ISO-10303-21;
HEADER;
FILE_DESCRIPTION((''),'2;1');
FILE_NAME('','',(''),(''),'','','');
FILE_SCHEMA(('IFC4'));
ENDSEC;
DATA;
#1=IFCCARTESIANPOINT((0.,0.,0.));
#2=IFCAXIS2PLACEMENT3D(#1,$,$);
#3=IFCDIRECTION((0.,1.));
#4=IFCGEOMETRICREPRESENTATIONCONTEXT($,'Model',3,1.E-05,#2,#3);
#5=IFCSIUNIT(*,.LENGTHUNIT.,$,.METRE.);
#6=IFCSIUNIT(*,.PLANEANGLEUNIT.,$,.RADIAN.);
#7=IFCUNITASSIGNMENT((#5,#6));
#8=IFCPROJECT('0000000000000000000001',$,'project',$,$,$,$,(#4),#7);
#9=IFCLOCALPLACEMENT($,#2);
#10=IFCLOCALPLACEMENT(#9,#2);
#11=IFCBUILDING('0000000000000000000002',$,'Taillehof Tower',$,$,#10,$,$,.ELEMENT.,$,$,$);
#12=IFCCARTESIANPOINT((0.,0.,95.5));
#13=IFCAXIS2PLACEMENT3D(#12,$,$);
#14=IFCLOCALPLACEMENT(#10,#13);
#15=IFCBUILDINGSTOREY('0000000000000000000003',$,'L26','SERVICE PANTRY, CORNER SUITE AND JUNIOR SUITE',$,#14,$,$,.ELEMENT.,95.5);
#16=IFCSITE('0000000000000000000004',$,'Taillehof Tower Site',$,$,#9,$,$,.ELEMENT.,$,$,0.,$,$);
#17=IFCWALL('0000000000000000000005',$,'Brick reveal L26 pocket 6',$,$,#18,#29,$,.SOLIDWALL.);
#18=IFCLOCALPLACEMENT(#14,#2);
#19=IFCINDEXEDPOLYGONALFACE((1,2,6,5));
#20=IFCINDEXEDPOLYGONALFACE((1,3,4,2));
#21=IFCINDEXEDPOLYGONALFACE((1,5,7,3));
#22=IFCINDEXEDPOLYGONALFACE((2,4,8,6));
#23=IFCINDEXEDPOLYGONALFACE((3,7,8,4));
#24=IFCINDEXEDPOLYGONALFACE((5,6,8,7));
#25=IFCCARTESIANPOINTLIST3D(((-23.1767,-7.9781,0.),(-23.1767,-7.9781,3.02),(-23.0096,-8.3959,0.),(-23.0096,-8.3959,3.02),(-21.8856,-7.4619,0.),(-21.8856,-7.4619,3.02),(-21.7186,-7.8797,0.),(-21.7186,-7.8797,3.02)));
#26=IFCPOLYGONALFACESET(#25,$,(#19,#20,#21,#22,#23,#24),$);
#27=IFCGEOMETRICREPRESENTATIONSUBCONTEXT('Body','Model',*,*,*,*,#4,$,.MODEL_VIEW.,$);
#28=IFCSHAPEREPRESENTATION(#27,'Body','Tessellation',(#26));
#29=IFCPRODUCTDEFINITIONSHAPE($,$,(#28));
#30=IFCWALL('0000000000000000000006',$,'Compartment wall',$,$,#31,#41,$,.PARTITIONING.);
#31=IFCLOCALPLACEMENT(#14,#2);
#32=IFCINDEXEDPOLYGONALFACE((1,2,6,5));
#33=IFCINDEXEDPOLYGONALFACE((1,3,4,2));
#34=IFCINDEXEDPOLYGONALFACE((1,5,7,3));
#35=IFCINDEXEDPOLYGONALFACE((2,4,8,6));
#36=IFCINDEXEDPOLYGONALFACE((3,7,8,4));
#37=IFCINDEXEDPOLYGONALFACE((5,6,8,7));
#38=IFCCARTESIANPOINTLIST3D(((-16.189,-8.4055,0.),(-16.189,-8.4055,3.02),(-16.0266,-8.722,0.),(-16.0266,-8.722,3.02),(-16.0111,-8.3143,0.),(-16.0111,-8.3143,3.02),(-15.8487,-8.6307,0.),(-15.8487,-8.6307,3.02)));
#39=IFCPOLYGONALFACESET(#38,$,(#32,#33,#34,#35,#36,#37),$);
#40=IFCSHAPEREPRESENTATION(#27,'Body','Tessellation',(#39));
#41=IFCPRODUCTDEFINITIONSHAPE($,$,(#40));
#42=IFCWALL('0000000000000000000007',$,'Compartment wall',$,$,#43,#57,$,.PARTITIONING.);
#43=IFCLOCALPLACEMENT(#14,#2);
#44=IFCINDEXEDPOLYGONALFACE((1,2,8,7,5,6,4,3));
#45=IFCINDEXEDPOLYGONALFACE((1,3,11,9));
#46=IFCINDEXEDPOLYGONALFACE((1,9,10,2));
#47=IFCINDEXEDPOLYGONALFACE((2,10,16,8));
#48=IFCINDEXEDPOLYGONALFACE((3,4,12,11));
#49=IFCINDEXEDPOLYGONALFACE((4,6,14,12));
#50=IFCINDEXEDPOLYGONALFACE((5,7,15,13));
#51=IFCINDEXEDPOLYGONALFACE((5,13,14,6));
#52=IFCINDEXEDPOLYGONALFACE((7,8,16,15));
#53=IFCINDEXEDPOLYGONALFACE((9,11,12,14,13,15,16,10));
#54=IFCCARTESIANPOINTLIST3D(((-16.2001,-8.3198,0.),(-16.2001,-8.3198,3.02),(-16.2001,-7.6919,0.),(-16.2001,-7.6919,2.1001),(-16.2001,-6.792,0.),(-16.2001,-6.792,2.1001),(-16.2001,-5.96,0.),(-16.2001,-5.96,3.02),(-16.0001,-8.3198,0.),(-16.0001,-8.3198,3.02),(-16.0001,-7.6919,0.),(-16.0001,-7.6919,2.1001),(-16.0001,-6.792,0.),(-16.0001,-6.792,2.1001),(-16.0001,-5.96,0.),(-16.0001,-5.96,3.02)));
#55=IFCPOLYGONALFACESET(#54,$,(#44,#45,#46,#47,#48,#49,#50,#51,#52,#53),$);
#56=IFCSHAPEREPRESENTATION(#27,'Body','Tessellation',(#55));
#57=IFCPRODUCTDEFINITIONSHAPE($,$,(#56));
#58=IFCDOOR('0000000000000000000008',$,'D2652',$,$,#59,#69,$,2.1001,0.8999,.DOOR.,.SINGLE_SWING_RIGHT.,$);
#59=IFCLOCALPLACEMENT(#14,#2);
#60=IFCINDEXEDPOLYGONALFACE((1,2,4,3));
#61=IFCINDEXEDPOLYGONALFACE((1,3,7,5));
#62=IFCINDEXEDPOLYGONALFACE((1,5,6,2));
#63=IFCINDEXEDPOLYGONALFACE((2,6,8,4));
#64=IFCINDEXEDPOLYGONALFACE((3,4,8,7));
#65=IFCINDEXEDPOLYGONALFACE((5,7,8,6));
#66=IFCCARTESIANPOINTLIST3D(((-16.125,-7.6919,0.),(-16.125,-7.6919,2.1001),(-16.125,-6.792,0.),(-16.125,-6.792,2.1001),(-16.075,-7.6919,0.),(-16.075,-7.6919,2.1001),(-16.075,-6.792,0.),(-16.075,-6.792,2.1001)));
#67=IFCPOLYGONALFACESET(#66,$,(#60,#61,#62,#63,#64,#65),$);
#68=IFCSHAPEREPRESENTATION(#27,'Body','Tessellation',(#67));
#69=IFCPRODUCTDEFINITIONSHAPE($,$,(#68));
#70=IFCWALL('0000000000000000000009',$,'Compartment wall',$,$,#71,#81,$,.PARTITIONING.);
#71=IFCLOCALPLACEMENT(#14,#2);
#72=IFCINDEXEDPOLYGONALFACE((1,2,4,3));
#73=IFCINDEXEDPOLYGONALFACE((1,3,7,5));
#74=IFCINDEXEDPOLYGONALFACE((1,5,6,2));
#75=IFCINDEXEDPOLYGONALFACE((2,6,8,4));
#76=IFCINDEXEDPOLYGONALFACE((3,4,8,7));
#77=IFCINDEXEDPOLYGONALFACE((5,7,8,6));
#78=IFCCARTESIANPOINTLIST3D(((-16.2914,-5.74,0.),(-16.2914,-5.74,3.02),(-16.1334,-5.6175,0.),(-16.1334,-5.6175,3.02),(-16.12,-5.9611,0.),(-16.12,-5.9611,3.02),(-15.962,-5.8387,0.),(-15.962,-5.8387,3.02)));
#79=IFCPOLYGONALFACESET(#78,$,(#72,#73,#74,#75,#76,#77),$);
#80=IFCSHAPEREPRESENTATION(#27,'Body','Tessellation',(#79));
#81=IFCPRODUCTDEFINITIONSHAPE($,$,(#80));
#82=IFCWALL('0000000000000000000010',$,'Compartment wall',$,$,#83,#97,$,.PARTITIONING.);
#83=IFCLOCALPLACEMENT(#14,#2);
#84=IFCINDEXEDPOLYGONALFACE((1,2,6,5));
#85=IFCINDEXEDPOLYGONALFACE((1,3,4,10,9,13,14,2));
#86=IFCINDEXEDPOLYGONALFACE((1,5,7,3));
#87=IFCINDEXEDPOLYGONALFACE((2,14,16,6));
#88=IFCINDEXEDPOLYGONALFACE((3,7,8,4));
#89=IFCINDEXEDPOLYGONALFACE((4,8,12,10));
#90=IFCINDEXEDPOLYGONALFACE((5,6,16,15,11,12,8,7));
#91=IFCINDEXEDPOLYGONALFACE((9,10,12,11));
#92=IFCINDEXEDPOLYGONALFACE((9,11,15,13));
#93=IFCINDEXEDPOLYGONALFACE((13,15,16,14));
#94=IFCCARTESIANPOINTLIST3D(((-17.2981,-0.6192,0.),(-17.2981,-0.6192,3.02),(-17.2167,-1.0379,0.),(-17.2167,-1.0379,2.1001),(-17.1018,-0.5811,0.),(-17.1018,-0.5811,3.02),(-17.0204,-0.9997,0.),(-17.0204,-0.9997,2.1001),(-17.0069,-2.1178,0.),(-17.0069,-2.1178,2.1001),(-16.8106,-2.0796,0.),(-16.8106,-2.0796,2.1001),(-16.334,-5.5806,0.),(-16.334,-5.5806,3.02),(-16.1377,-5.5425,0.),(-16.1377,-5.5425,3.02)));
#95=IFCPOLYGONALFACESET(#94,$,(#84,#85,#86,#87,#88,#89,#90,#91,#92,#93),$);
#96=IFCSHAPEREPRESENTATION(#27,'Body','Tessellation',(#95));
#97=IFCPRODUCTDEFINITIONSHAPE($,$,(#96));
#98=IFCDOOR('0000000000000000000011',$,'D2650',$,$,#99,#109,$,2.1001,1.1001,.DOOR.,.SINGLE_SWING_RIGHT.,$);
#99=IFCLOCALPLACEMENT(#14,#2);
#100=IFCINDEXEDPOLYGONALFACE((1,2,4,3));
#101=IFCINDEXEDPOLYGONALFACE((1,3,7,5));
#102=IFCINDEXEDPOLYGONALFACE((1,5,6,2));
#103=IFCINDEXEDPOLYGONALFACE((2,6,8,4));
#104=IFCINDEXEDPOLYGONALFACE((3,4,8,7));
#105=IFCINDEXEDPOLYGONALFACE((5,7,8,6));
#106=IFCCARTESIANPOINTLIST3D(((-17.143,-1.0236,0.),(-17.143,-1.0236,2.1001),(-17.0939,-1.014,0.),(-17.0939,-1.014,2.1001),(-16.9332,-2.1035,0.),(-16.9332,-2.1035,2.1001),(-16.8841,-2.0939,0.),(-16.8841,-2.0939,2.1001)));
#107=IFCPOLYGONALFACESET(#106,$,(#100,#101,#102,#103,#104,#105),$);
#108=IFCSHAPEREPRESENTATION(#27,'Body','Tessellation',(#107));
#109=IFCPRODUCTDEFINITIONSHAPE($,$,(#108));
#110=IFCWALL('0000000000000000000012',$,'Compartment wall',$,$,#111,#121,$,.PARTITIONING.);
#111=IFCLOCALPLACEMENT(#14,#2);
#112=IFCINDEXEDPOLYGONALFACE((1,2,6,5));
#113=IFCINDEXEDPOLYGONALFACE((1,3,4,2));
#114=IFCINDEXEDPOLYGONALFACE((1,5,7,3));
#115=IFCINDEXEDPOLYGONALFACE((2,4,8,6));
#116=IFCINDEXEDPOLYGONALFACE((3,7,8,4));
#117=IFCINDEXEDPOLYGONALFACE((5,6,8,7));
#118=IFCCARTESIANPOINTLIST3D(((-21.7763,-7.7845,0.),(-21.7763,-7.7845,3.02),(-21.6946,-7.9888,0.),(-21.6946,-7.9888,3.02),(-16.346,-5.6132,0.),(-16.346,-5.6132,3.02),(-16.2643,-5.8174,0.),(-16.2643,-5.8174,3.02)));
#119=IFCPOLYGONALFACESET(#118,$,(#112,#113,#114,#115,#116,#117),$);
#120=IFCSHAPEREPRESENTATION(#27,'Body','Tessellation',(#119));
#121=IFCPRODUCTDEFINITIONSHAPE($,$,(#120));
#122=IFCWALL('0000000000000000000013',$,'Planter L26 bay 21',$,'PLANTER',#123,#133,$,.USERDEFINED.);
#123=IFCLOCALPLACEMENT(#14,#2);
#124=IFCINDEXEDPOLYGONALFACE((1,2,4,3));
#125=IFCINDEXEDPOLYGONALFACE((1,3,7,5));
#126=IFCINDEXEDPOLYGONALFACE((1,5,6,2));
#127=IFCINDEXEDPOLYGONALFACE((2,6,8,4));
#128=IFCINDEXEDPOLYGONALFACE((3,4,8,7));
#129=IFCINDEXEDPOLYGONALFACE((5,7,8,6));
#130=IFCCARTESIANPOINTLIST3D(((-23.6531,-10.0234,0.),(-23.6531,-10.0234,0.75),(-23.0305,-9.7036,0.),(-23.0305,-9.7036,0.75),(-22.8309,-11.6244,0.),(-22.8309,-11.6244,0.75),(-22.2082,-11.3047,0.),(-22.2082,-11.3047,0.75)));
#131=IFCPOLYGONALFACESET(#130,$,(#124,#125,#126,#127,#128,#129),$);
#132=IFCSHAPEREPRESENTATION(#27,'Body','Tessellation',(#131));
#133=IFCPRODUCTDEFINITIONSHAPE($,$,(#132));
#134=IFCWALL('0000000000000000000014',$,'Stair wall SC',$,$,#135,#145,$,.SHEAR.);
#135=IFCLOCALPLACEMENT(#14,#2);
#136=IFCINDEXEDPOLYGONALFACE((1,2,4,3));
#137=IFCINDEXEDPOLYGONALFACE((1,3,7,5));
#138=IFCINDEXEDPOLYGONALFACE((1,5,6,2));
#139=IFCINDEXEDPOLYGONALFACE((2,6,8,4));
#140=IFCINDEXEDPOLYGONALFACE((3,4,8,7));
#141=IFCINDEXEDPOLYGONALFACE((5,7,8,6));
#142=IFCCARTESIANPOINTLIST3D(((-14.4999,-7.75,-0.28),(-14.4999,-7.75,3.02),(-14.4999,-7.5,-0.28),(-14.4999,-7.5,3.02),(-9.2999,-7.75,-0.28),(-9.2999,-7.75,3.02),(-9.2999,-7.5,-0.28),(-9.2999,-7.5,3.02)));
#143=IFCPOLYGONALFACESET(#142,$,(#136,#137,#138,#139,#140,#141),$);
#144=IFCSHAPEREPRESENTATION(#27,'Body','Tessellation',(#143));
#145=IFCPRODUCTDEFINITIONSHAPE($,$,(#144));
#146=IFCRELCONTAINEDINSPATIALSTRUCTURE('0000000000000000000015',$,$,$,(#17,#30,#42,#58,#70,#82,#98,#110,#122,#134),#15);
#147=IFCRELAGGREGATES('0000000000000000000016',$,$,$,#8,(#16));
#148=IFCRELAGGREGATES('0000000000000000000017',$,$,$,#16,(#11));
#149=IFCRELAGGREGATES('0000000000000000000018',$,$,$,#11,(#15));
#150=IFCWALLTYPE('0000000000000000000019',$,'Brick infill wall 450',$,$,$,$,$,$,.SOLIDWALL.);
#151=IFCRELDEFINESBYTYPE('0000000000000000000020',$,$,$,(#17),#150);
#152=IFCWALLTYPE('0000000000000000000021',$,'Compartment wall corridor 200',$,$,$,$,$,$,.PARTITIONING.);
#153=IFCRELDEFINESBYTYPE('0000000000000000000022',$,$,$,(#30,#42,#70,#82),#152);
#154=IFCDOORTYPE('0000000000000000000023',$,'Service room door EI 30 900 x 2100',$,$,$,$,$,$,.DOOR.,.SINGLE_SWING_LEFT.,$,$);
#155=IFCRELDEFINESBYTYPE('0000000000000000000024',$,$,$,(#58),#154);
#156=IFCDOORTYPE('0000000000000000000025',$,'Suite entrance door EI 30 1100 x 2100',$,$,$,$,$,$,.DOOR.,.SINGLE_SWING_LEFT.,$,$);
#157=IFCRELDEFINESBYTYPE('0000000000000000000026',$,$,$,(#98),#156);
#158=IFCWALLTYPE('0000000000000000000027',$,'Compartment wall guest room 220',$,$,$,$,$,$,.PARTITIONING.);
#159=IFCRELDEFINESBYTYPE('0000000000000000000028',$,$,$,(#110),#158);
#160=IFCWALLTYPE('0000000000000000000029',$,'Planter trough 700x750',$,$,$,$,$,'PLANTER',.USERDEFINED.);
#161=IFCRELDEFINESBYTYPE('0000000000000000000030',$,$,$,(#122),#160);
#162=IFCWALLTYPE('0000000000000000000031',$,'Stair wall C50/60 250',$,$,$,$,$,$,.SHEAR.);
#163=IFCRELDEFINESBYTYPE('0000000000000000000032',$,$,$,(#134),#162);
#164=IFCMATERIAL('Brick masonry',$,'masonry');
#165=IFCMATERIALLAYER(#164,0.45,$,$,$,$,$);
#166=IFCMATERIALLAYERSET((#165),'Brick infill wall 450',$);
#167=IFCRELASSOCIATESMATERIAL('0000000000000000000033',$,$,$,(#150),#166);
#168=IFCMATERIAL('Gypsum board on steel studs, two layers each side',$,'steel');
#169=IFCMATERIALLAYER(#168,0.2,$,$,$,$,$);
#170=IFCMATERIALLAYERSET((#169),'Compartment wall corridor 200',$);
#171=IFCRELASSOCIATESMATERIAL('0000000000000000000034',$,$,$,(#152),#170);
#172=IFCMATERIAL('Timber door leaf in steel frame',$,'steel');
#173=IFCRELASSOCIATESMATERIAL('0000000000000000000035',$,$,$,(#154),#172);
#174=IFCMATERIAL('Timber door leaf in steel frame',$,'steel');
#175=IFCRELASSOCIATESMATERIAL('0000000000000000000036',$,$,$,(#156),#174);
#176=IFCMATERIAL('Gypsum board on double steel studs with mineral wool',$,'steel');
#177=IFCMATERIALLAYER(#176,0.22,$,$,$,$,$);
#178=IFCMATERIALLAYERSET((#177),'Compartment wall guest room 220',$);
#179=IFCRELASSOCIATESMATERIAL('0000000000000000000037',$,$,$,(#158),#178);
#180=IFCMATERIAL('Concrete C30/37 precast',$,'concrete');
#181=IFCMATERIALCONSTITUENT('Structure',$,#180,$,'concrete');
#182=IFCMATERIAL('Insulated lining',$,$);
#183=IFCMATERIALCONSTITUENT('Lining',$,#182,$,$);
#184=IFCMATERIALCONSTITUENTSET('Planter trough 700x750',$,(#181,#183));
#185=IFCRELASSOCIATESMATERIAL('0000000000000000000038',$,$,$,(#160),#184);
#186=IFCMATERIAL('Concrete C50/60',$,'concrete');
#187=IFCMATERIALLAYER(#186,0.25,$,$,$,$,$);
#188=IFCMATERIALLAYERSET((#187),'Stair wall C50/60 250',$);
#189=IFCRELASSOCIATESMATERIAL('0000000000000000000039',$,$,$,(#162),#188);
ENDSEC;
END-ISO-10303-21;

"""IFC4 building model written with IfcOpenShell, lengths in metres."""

from ifc_helpers import new_model, si_unit, direction, frame, frame_2d, origin, place, context, subcontext, project, spatial, rectangle, extrude, material, layer, layer_set, constituent, constituent_set, type_object, element, fill, save


model = new_model("IFC4")

# Units and contexts
model_context = context("Model", 3, precision=1e-05, world=origin(), true_north=direction((0.0, 1.0)))
body_context = subcontext(model_context, "Body", "Model", "MODEL_VIEW")
ifc_project = project(units=[si_unit("LENGTHUNIT", "METRE"), si_unit("PLANEANGLEUNIT", "RADIAN")], contexts=[model_context])

# Site, building, storey
site_placement = place(None, origin())
site = spatial("IfcSite", under=ifc_project, at=site_placement, Name="Taillehof Tower Site", CompositionType="ELEMENT", RefElevation=0.0)
building_placement = place(site_placement, origin())
building = spatial("IfcBuilding", under=site, at=building_placement, Name="Taillehof Tower", CompositionType="ELEMENT")
storey_placement = place(building_placement, frame((0.0, 0.0, 95.5)))
storey = spatial("IfcBuildingStorey", under=building, at=storey_placement, Name="L26", Description="SERVICE PANTRY, CORNER SUITE AND JUNIOR SUITE", CompositionType="ELEMENT", Elevation=95.5)

# Shared definitions
ifc_material_1 = material(Name="Brick masonry", Category="masonry")
ifc_layer_1 = layer(ifc_material_1, 0.45)
ifc_layer_set_1 = layer_set([ifc_layer_1], Name="Brick infill wall 450")
wall_type_1 = type_object("IfcWallType", Name="Brick infill wall 450", PredefinedType="SOLIDWALL", material=ifc_layer_set_1)

# Wall
wall_1_placement = place(storey_placement, frame((-23.0933, -8.187, 0.0), z_axis=(0.0, 0.0, 1.0), x_axis=(0.928549, 0.371209, 0.0)))
element("IfcWall", 1, at=wall_1_placement, inside=storey, type_object=wall_type_1, Name="Brick reveal L26 pocket 6", PredefinedType="SOLIDWALL", context=body_context, shape_type="SweptSolid", body=[
    extrude(rectangle(XDim=1.3904, YDim=0.45, at=frame_2d((0.6953, 0.0))), origin(), (0.0, 0.0, 1.0), 3.02),
])

# Wall
ifc_material_2 = material(Name="Gypsum board on steel studs, two layers each side", Category="steel")
ifc_layer_2 = layer(ifc_material_2, 0.2)
ifc_layer_set_2 = layer_set([ifc_layer_2], Name="Compartment wall corridor 200")
wall_type_2 = type_object("IfcWallType", Name="Compartment wall corridor 200", PredefinedType="PARTITIONING", material=ifc_layer_set_2)
wall_2_placement = place(storey_placement, frame((-15.9377, -8.6763, 0.0), z_axis=(0.0, 0.0, 1.0), x_axis=(-0.456526, 0.88971, 0.0)))
element("IfcWall", 2, at=wall_2_placement, inside=storey, type_object=wall_type_2, Name="Compartment wall", PredefinedType="PARTITIONING", context=body_context, shape_type="SweptSolid", body=[
    extrude(rectangle(XDim=0.3557, YDim=0.2, at=frame_2d((0.1777, 0.0))), origin(), (0.0, 0.0, 1.0), 3.02),
])

# Wall, opening, door
wall_3_placement = place(storey_placement, frame((-16.1001, -8.3198, 0.0), z_axis=(0.0, 0.0, 1.0), x_axis=(0.0, 1.0, 0.0)))
wall_3 = element("IfcWall", 3, at=wall_3_placement, inside=storey, type_object=wall_type_2, Name="Compartment wall", PredefinedType="PARTITIONING", context=body_context, shape_type="SweptSolid", body=[
    extrude(rectangle(XDim=2.3599, YDim=0.2, at=frame_2d((1.1799, 0.0))), origin(), (0.0, 0.0, 1.0), 3.02),
])
opening_1_placement = place(wall_3_placement, frame((0.6279, 0.0, 0.0)))
opening_1 = element("IfcOpeningElement", 4, at=opening_1_placement, cuts=wall_3, PredefinedType="OPENING", context=body_context, shape_type="SweptSolid", body=[
    extrude(rectangle(XDim=0.8999, YDim=2.1001, at=frame_2d((0.45, 1.05))), frame((0.0, 0.1099, 0.0), z_axis=(0.0, -1.0, 0.0), x_axis=(1.0, 0.0, 0.0)), (0.0, 0.0, 1.0), 0.22),
])
ifc_material_3 = material(Name="Timber door leaf in steel frame", Category="steel")
door_type_1 = type_object("IfcDoorType", Name="Service room door EI 30 900 x 2100", OperationType="SINGLE_SWING_LEFT", PredefinedType="DOOR", material=ifc_material_3)
door_1_placement = place(opening_1_placement, origin())
door_1 = element("IfcDoor", 5, at=door_1_placement, inside=storey, type_object=door_type_1, Name="D2652", OperationType="SINGLE_SWING_RIGHT", OverallHeight=2.1001, OverallWidth=0.8999, PredefinedType="DOOR", context=body_context, shape_type="SweptSolid", body=[
    extrude(rectangle(XDim=0.8999, YDim=2.1001, at=frame_2d((0.45, 1.05))), frame((0.0, 0.0249, 0.0), z_axis=(0.0, -1.0, 0.0), x_axis=(1.0, 0.0, 0.0)), (0.0, 0.0, 1.0), 0.05),
])
fill(opening_1, door_1)

# Wall
wall_4_placement = place(storey_placement, frame((-16.041, -5.8999, 0.0), z_axis=(0.0, 0.0, 1.0), x_axis=(-0.61249, 0.790478, 0.0)))
element("IfcWall", 6, at=wall_4_placement, inside=storey, type_object=wall_type_2, Name="Compartment wall", PredefinedType="PARTITIONING", context=body_context, shape_type="SweptSolid", body=[
    extrude(rectangle(XDim=0.2798, YDim=0.2, at=frame_2d((0.1399, 0.0))), origin(), (0.0, 0.0, 1.0), 3.02),
])

# Wall, opening, door
wall_5_placement = place(storey_placement, frame((-16.2358, -5.5615, 0.0), z_axis=(0.0, 0.0, 1.0), x_axis=(-0.190753, 0.981638, 0.0)))
wall_5 = element("IfcWall", 7, at=wall_5_placement, inside=storey, type_object=wall_type_2, Name="Compartment wall", PredefinedType="PARTITIONING", context=body_context, shape_type="SweptSolid", body=[
    extrude(rectangle(XDim=5.0542, YDim=0.2, at=frame_2d((2.5271, 0.0))), origin(), (0.0, 0.0, 1.0), 3.02),
])
opening_2_placement = place(wall_5_placement, frame((3.5276, 0.0, 0.0)))
opening_2 = element("IfcOpeningElement", 8, at=opening_2_placement, cuts=wall_5, PredefinedType="OPENING", context=body_context, shape_type="SweptSolid", body=[
    extrude(rectangle(XDim=1.1001, YDim=2.1001, at=frame_2d((0.55, 1.05))), frame((0.0, 0.1099, 0.0), z_axis=(0.0, -1.0, 0.0), x_axis=(1.0, 0.0, 0.0)), (0.0, 0.0, 1.0), 0.22),
])
ifc_material_4 = material(Name="Timber door leaf in steel frame", Category="steel")
door_type_2 = type_object("IfcDoorType", Name="Suite entrance door EI 30 1100 x 2100", OperationType="SINGLE_SWING_LEFT", PredefinedType="DOOR", material=ifc_material_4)
door_2_placement = place(opening_2_placement, origin())
door_2 = element("IfcDoor", 9, at=door_2_placement, inside=storey, type_object=door_type_2, Name="D2650", OperationType="SINGLE_SWING_RIGHT", OverallHeight=2.1001, OverallWidth=1.1001, PredefinedType="DOOR", context=body_context, shape_type="SweptSolid", body=[
    extrude(rectangle(XDim=1.1001, YDim=2.1001, at=frame_2d((0.55, 1.05))), frame((0.0, 0.0249, 0.0), z_axis=(0.0, -1.0, 0.0), x_axis=(1.0, 0.0, 0.0)), (0.0, 0.0, 1.0), 0.05),
])
fill(opening_2, door_2)

# Walls
ifc_material_5 = material(Name="Gypsum board on double steel studs with mineral wool", Category="steel")
ifc_layer_3 = layer(ifc_material_5, 0.22)
ifc_layer_set_3 = layer_set([ifc_layer_3], Name="Compartment wall guest room 220")
wall_type_3 = type_object("IfcWallType", Name="Compartment wall guest room 220", PredefinedType="PARTITIONING", material=ifc_layer_set_3)
wall_6_placement = place(storey_placement, frame((-21.7356, -7.8867, 0.0), z_axis=(0.0, 0.0, 1.0), x_axis=(0.928523, 0.371276, 0.0)))
element("IfcWall", 10, at=wall_6_placement, inside=storey, type_object=wall_type_3, Name="Compartment wall", PredefinedType="PARTITIONING", context=body_context, shape_type="SweptSolid", body=[
    extrude(rectangle(XDim=5.8484, YDim=0.22, at=frame_2d((2.9243, 0.0))), origin(), (0.0, 0.0, 1.0), 3.02),
])
ifc_material_6 = material(Name="Concrete C30/37 precast", Category="concrete")
ifc_constituent_1 = constituent(ifc_material_6, Name="Structure", Category="concrete")
ifc_material_7 = material(Name="Insulated lining")
ifc_constituent_2 = constituent(ifc_material_7, Name="Lining")
ifc_constituent_set = constituent_set(constituents=[ifc_constituent_1, ifc_constituent_2], Name="Planter trough 700x750")
wall_type_4 = type_object("IfcWallType", Name="Planter trough 700x750", ElementType="PLANTER", PredefinedType="USERDEFINED", material=ifc_constituent_set)
wall_7_placement = place(storey_placement, frame((-23.3418, -9.8635, 0.0), z_axis=(0.0, 0.0, 1.0), x_axis=(0.456845, -0.889546, 0.0)))
element("IfcWall", 11, at=wall_7_placement, inside=storey, type_object=wall_type_4, Name="Planter L26 bay 21", ObjectType="PLANTER", PredefinedType="USERDEFINED", context=body_context, shape_type="SweptSolid", body=[
    extrude(rectangle(XDim=1.7998, YDim=0.7, at=frame_2d((0.8999, 0.0))), origin(), (0.0, 0.0, 1.0), 0.75),
])
ifc_material_8 = material(Name="Concrete C50/60", Category="concrete")
ifc_layer_4 = layer(ifc_material_8, 0.25)
ifc_layer_set_4 = layer_set([ifc_layer_4], Name="Stair wall C50/60 250")
wall_type_5 = type_object("IfcWallType", Name="Stair wall C50/60 250", PredefinedType="SHEAR", material=ifc_layer_set_4)
wall_8_placement = place(storey_placement, frame((-14.5, -7.625, -0.28), z_axis=(0.0, 0.0, 1.0), x_axis=(1.0, 0.0, 0.0)))
element("IfcWall", 12, at=wall_8_placement, inside=storey, type_object=wall_type_5, Name="Stair wall SC", PredefinedType="SHEAR", context=body_context, shape_type="SweptSolid", body=[
    extrude(rectangle(XDim=5.2, YDim=0.25, at=frame_2d((2.6001, 0.0))), origin(), (0.0, 0.0, 1.0), 3.3),
])

save(model, "model.ifc")
